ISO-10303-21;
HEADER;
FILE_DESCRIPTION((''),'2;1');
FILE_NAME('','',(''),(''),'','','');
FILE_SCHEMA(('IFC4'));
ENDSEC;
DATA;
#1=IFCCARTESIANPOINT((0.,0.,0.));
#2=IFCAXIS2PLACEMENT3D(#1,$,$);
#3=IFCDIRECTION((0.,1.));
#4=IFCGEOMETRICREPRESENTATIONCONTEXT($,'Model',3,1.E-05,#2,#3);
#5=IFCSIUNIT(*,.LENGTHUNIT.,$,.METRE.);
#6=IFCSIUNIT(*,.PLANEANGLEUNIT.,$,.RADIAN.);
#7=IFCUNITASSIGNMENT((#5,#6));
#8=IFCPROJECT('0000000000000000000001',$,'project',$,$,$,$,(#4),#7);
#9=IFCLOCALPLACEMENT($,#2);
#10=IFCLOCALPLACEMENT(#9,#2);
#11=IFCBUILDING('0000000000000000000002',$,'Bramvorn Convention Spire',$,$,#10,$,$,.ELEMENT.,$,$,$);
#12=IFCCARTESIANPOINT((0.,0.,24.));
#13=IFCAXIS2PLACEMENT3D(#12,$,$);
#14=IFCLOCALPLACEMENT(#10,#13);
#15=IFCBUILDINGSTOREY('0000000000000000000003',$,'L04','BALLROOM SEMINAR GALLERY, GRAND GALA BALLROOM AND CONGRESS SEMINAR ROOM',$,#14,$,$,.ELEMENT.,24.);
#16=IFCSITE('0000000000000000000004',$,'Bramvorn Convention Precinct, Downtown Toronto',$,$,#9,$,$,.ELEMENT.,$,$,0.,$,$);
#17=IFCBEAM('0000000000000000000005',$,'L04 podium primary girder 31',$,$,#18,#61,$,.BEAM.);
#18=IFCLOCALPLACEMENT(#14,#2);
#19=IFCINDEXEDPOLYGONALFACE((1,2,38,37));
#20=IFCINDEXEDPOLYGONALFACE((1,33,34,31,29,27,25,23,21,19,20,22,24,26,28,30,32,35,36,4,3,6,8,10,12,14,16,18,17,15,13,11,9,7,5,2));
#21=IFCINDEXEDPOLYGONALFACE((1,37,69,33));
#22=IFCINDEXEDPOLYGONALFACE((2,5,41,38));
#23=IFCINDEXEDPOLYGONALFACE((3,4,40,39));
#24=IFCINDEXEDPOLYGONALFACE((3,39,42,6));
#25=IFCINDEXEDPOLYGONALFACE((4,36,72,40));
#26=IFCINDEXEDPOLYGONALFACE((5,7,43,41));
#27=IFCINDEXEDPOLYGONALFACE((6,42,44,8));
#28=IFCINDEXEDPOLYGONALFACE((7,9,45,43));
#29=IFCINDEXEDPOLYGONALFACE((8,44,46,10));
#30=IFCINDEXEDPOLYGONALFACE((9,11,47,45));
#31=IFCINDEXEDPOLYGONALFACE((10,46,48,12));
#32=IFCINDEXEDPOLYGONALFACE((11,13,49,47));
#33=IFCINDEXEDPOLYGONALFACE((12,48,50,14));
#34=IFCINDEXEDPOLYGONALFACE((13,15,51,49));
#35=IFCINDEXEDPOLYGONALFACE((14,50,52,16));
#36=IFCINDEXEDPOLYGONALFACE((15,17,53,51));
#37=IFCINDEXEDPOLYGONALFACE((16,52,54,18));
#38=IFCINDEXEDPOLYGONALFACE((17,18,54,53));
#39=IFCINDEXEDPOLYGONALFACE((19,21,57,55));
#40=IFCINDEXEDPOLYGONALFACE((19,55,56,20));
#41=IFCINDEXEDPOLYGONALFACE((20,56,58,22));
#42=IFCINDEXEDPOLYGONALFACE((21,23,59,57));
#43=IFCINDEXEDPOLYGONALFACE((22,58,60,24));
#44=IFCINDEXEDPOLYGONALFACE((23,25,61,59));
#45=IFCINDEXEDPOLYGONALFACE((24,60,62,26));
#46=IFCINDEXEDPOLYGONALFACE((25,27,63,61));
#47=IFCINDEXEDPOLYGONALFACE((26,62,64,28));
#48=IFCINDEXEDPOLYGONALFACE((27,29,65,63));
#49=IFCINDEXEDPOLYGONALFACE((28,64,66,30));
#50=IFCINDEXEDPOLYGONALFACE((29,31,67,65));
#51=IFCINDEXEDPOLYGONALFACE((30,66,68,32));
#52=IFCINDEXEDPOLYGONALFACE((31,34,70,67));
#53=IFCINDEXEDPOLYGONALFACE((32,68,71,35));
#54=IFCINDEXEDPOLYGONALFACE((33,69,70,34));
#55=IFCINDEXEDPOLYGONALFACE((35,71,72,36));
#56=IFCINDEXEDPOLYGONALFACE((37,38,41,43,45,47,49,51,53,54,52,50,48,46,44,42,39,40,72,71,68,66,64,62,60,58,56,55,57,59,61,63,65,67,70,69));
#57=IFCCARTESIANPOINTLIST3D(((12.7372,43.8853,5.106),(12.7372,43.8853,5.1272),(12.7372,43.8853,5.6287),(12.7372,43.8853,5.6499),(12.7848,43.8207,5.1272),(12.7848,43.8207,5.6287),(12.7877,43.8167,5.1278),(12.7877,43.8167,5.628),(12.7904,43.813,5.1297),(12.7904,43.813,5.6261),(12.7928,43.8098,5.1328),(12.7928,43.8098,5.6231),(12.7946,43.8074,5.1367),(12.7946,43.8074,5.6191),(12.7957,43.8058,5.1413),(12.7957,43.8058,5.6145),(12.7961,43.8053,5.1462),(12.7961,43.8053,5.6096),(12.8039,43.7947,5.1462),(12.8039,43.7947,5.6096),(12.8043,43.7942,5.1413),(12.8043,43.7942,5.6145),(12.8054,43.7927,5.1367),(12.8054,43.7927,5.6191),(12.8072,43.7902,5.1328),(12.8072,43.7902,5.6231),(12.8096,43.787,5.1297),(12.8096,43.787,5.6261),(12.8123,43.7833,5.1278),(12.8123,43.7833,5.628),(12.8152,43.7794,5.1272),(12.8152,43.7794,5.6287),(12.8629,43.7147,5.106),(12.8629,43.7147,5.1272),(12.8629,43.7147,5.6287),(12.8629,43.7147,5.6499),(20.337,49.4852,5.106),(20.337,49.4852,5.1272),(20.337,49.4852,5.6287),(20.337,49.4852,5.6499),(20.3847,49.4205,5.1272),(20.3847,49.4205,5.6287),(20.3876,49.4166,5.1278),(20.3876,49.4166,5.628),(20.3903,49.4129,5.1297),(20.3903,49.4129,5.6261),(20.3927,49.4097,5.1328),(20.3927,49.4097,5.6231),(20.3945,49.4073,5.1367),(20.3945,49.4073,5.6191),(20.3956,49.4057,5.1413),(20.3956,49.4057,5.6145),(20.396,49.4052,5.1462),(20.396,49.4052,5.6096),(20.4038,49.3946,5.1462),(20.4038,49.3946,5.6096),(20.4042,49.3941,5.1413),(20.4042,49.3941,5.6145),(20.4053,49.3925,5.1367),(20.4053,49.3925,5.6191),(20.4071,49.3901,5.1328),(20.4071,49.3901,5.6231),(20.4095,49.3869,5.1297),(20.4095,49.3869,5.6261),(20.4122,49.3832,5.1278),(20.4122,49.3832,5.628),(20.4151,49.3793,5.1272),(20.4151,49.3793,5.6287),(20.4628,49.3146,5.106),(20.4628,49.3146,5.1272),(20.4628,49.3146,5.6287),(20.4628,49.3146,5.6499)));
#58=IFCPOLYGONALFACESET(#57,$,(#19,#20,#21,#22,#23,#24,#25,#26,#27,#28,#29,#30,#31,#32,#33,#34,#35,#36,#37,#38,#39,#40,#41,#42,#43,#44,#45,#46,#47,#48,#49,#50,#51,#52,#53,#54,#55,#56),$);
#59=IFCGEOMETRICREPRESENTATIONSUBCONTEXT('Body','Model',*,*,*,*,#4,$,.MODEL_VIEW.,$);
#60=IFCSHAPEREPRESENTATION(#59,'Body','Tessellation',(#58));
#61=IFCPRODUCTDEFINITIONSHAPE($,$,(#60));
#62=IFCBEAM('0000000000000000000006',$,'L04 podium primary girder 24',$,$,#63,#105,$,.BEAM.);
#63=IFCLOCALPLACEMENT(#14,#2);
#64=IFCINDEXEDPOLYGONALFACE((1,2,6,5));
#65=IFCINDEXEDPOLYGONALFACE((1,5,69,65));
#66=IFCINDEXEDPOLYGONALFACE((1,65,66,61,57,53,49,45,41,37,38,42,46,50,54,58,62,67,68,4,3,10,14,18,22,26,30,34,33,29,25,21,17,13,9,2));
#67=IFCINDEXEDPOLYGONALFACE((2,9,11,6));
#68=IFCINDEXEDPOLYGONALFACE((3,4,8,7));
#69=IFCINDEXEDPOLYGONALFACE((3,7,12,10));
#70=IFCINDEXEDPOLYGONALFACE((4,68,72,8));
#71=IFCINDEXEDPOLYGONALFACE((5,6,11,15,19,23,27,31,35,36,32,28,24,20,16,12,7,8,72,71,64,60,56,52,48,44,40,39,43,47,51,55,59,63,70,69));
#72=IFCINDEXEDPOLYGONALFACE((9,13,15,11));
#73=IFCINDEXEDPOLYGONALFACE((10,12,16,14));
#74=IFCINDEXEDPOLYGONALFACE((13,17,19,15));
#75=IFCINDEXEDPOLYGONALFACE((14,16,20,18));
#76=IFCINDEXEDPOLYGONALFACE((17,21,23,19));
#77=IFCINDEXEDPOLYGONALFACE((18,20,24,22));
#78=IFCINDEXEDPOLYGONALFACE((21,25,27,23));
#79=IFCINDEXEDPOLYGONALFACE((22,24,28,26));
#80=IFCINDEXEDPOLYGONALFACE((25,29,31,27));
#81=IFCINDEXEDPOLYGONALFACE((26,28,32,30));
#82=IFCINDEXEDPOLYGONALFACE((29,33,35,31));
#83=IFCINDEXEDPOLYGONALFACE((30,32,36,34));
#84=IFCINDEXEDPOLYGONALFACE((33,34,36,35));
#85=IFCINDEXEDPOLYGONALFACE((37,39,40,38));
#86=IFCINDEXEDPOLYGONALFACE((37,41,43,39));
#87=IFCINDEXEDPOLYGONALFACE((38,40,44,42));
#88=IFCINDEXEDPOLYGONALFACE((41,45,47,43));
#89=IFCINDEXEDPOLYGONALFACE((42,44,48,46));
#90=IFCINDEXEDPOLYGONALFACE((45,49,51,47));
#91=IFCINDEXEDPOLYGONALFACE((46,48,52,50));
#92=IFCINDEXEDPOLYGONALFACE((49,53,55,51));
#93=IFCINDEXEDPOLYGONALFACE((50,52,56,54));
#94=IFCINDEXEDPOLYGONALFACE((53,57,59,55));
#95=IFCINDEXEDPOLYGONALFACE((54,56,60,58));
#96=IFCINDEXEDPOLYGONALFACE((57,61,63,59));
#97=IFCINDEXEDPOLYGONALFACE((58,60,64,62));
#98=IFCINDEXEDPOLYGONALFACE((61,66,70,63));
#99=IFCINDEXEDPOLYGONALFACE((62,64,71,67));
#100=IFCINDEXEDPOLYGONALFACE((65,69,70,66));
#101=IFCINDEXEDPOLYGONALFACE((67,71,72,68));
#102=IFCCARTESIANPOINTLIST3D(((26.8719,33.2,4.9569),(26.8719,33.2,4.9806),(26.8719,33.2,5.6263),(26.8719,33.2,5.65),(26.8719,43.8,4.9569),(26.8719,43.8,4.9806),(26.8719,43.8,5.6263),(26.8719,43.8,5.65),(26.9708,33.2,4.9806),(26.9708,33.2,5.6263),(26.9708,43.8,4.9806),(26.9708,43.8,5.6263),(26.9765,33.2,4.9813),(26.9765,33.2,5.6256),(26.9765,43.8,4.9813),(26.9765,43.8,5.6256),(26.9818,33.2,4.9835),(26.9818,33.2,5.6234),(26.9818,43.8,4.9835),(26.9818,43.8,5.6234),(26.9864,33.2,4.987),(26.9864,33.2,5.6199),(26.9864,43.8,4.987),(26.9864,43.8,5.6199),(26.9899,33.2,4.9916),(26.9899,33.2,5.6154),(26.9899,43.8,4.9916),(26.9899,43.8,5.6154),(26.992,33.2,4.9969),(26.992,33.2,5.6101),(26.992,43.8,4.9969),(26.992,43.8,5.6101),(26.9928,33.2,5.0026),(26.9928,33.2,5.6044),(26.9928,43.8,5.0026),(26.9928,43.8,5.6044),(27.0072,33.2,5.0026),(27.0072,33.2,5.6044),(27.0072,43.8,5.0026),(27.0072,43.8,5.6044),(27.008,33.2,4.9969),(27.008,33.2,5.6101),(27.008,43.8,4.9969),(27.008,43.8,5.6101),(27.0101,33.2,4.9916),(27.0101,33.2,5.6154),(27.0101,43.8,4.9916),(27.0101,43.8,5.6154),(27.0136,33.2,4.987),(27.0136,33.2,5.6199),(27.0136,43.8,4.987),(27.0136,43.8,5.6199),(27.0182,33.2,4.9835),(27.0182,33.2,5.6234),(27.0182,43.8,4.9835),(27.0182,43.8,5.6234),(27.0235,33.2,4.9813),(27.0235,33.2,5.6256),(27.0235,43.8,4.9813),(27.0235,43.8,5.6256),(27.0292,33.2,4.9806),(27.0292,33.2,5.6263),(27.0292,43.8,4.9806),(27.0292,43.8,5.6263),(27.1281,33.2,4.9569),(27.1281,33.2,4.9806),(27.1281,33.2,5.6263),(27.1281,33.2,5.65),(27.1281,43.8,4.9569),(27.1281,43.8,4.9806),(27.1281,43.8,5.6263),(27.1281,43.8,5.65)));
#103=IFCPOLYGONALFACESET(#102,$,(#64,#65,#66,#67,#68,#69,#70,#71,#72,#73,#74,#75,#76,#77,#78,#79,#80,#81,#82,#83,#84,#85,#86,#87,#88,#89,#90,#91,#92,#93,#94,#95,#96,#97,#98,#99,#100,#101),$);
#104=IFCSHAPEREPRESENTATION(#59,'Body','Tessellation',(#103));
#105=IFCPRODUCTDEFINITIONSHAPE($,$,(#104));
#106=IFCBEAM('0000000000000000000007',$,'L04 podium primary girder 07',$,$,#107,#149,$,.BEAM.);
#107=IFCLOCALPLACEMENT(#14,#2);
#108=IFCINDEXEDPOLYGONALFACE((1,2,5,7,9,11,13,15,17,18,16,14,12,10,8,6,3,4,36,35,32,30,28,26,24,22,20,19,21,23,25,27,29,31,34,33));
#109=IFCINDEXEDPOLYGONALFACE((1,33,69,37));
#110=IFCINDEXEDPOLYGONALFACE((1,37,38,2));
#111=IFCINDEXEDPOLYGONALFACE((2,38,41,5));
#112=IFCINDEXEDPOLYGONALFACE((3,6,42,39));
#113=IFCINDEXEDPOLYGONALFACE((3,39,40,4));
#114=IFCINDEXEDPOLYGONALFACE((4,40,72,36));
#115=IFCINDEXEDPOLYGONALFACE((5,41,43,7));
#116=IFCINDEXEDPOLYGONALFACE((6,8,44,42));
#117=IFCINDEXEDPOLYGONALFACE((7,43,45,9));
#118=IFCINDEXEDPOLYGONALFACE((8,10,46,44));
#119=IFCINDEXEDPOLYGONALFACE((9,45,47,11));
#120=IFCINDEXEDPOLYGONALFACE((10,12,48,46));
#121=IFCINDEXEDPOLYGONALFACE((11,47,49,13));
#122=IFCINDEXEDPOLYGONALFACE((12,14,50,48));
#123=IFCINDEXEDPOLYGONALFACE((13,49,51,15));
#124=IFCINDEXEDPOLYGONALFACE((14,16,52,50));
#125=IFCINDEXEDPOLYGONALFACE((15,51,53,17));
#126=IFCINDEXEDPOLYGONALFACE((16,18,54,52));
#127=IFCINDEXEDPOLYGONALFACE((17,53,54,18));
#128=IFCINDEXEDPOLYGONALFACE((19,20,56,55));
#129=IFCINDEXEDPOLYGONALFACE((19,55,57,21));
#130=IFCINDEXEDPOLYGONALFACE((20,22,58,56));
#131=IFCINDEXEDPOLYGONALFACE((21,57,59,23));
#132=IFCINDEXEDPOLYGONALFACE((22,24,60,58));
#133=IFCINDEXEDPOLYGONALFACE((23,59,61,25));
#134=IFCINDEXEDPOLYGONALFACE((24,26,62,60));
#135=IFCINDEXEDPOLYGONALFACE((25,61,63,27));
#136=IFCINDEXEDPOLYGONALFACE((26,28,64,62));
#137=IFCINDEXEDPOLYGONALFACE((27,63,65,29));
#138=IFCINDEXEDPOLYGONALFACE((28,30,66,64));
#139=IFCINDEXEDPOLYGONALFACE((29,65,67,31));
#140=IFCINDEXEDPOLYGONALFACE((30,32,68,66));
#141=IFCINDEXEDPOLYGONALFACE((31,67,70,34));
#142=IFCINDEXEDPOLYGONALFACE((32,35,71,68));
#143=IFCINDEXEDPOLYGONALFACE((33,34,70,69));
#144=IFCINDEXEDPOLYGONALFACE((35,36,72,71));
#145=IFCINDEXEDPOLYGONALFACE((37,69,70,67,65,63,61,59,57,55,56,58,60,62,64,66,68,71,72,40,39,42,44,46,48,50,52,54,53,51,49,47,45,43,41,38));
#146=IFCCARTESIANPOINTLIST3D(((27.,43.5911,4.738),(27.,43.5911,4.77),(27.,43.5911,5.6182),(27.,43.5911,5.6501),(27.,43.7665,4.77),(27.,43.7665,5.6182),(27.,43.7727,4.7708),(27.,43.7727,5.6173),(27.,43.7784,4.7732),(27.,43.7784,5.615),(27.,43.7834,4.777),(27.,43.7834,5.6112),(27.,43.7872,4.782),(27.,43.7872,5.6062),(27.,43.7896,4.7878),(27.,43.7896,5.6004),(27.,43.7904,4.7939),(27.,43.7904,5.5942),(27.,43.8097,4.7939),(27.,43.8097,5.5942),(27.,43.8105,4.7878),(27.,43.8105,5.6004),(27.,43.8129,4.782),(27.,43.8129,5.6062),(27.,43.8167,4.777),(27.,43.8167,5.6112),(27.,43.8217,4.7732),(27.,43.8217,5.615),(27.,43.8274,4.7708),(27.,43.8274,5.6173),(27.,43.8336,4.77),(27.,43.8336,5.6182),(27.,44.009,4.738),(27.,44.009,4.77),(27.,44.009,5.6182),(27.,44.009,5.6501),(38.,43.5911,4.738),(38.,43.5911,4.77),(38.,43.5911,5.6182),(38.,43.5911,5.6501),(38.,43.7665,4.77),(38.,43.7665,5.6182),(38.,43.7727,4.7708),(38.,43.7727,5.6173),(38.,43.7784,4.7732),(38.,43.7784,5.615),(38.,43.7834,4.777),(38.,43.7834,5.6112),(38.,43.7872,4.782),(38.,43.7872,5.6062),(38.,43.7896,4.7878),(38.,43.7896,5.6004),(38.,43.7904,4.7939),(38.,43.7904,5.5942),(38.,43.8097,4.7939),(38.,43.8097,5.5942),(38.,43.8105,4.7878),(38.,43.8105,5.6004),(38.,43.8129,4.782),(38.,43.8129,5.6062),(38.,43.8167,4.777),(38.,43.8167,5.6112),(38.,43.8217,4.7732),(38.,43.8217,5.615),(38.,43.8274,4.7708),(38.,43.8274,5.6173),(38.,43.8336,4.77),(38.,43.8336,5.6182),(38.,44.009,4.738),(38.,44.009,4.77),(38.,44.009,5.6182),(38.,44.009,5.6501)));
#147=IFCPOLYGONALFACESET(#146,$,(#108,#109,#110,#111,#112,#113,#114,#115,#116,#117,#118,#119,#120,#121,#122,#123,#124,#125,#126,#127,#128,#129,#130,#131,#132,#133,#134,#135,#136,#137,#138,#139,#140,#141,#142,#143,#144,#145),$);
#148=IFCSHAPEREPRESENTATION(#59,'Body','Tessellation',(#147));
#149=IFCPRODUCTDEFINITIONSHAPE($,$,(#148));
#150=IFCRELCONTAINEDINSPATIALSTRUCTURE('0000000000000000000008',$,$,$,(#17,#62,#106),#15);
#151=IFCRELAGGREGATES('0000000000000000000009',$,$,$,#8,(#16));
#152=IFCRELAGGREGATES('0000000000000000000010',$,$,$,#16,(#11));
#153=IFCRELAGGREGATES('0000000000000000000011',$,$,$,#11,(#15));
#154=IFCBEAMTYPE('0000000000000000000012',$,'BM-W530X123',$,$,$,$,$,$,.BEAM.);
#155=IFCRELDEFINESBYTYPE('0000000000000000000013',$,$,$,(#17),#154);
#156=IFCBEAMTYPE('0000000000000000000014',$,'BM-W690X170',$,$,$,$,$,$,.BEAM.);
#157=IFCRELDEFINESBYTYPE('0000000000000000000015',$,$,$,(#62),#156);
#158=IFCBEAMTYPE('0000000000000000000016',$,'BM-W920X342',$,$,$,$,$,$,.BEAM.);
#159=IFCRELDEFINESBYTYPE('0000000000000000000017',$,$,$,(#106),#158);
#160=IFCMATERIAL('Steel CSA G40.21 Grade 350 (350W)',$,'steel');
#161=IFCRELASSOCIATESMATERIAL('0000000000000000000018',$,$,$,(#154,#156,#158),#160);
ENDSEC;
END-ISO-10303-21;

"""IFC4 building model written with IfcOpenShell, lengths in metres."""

from ifc_helpers import new_model, si_unit, direction, frame, origin, origin_2d, place, context, subcontext, project, spatial, i_section, extrude, material, material_profile, profile_set, type_object, element, save


model = new_model("IFC4")

# Units and contexts
model_context = context("Model", 3, precision=1e-05, world=origin(), true_north=direction((0.0, 1.0)))
body_context = subcontext(model_context, "Body", "Model", "MODEL_VIEW")
ifc_project = project(units=[si_unit("LENGTHUNIT", "METRE"), si_unit("PLANEANGLEUNIT", "RADIAN")], contexts=[model_context])

# Site, building, storey
site_placement = place(None, origin())
site = spatial("IfcSite", under=ifc_project, at=site_placement, Name="Bramvorn Convention Precinct, Downtown Toronto", CompositionType="ELEMENT", RefElevation=0.0)
building_placement = place(site_placement, origin())
building = spatial("IfcBuilding", under=site, at=building_placement, Name="Bramvorn Convention Spire", CompositionType="ELEMENT")
storey_placement = place(building_placement, frame((0.0, 0.0, 24.0)))
storey = spatial("IfcBuildingStorey", under=building, at=storey_placement, Name="L04", Description="BALLROOM SEMINAR GALLERY, GRAND GALA BALLROOM AND CONGRESS SEMINAR ROOM", CompositionType="ELEMENT", Elevation=24.0)

# Shared definitions
ifc_material_1 = material(Name="Steel CSA G40.21 Grade 350 (350W)", Category="steel")

# Beams
ifc_material_profile_1 = material_profile(ifc_material_1, i_section(OverallWidth=0.2119, OverallDepth=0.5439, WebThickness=0.0132, FlangeThickness=0.0212, FilletRadius=0.019, at=origin_2d()))
ifc_profile_set_1 = profile_set([ifc_material_profile_1], Name="Steel CSA G40.21 Grade 350 (350W) - W530X123")
beam_type_1 = type_object("IfcBeamType", Name="BM-W530X123", PredefinedType="BEAM", material=ifc_profile_set_1)
beam_1_placement = place(storey_placement, frame((20.3999, 49.3999, 5.3779), z_axis=(-0.805058, -0.593196, 0.0), x_axis=(0.593196, -0.805058, 0.0)))
element("IfcBeam", 1, at=beam_1_placement, inside=storey, type_object=beam_type_1, Name="L04 podium primary girder 31", PredefinedType="BEAM", context=body_context, shape_type="SweptSolid", body=[
    extrude(i_section(OverallWidth=0.2119, OverallDepth=0.5439, WebThickness=0.0132, FlangeThickness=0.0212, FilletRadius=0.019, at=origin_2d()), origin(), (0.0, 0.0, 1.0), 9.4402),
])
ifc_material_profile_2 = material_profile(ifc_material_1, i_section(OverallWidth=0.2561, OverallDepth=0.6931, WebThickness=0.0144, FlangeThickness=0.0237, FilletRadius=0.022, at=origin_2d()))
ifc_profile_set_2 = profile_set([ifc_material_profile_2], Name="Steel CSA G40.21 Grade 350 (350W) - W690X170")
beam_type_2 = type_object("IfcBeamType", Name="BM-W690X170", PredefinedType="BEAM", material=ifc_profile_set_2)
beam_2_placement = place(storey_placement, frame((27.0, 33.2, 5.3035), z_axis=(0.0, 1.0, 0.0), x_axis=(-1.0, 0.0, 0.0)))
element("IfcBeam", 2, at=beam_2_placement, inside=storey, type_object=beam_type_2, Name="L04 podium primary girder 24", PredefinedType="BEAM", context=body_context, shape_type="SweptSolid", body=[
    extrude(i_section(OverallWidth=0.2561, OverallDepth=0.6931, WebThickness=0.0144, FlangeThickness=0.0237, FilletRadius=0.022, at=origin_2d()), origin(), (0.0, 0.0, 1.0), 10.6001),
])
ifc_material_profile_3 = material_profile(ifc_material_1, i_section(OverallWidth=0.418, OverallDepth=0.9121, WebThickness=0.0193, FlangeThickness=0.032, FilletRadius=0.0239, at=origin_2d()))
ifc_profile_set_3 = profile_set([ifc_material_profile_3], Name="Steel CSA G40.21 Grade 350 (350W) - W920X342")
beam_type_3 = type_object("IfcBeamType", Name="BM-W920X342", PredefinedType="BEAM", material=ifc_profile_set_3)
beam_3_placement = place(storey_placement, frame((27.0, 43.8, 5.1941), z_axis=(1.0, 0.0, 0.0), x_axis=(0.0, 1.0, 0.0)))
element("IfcBeam", 3, at=beam_3_placement, inside=storey, type_object=beam_type_3, Name="L04 podium primary girder 07", PredefinedType="BEAM", context=body_context, shape_type="SweptSolid", body=[
    extrude(i_section(OverallWidth=0.418, OverallDepth=0.9121, WebThickness=0.0193, FlangeThickness=0.032, FilletRadius=0.0239, at=origin_2d()), origin(), (0.0, 0.0, 1.0), 11.0),
])

save(model, "model.ifc")
